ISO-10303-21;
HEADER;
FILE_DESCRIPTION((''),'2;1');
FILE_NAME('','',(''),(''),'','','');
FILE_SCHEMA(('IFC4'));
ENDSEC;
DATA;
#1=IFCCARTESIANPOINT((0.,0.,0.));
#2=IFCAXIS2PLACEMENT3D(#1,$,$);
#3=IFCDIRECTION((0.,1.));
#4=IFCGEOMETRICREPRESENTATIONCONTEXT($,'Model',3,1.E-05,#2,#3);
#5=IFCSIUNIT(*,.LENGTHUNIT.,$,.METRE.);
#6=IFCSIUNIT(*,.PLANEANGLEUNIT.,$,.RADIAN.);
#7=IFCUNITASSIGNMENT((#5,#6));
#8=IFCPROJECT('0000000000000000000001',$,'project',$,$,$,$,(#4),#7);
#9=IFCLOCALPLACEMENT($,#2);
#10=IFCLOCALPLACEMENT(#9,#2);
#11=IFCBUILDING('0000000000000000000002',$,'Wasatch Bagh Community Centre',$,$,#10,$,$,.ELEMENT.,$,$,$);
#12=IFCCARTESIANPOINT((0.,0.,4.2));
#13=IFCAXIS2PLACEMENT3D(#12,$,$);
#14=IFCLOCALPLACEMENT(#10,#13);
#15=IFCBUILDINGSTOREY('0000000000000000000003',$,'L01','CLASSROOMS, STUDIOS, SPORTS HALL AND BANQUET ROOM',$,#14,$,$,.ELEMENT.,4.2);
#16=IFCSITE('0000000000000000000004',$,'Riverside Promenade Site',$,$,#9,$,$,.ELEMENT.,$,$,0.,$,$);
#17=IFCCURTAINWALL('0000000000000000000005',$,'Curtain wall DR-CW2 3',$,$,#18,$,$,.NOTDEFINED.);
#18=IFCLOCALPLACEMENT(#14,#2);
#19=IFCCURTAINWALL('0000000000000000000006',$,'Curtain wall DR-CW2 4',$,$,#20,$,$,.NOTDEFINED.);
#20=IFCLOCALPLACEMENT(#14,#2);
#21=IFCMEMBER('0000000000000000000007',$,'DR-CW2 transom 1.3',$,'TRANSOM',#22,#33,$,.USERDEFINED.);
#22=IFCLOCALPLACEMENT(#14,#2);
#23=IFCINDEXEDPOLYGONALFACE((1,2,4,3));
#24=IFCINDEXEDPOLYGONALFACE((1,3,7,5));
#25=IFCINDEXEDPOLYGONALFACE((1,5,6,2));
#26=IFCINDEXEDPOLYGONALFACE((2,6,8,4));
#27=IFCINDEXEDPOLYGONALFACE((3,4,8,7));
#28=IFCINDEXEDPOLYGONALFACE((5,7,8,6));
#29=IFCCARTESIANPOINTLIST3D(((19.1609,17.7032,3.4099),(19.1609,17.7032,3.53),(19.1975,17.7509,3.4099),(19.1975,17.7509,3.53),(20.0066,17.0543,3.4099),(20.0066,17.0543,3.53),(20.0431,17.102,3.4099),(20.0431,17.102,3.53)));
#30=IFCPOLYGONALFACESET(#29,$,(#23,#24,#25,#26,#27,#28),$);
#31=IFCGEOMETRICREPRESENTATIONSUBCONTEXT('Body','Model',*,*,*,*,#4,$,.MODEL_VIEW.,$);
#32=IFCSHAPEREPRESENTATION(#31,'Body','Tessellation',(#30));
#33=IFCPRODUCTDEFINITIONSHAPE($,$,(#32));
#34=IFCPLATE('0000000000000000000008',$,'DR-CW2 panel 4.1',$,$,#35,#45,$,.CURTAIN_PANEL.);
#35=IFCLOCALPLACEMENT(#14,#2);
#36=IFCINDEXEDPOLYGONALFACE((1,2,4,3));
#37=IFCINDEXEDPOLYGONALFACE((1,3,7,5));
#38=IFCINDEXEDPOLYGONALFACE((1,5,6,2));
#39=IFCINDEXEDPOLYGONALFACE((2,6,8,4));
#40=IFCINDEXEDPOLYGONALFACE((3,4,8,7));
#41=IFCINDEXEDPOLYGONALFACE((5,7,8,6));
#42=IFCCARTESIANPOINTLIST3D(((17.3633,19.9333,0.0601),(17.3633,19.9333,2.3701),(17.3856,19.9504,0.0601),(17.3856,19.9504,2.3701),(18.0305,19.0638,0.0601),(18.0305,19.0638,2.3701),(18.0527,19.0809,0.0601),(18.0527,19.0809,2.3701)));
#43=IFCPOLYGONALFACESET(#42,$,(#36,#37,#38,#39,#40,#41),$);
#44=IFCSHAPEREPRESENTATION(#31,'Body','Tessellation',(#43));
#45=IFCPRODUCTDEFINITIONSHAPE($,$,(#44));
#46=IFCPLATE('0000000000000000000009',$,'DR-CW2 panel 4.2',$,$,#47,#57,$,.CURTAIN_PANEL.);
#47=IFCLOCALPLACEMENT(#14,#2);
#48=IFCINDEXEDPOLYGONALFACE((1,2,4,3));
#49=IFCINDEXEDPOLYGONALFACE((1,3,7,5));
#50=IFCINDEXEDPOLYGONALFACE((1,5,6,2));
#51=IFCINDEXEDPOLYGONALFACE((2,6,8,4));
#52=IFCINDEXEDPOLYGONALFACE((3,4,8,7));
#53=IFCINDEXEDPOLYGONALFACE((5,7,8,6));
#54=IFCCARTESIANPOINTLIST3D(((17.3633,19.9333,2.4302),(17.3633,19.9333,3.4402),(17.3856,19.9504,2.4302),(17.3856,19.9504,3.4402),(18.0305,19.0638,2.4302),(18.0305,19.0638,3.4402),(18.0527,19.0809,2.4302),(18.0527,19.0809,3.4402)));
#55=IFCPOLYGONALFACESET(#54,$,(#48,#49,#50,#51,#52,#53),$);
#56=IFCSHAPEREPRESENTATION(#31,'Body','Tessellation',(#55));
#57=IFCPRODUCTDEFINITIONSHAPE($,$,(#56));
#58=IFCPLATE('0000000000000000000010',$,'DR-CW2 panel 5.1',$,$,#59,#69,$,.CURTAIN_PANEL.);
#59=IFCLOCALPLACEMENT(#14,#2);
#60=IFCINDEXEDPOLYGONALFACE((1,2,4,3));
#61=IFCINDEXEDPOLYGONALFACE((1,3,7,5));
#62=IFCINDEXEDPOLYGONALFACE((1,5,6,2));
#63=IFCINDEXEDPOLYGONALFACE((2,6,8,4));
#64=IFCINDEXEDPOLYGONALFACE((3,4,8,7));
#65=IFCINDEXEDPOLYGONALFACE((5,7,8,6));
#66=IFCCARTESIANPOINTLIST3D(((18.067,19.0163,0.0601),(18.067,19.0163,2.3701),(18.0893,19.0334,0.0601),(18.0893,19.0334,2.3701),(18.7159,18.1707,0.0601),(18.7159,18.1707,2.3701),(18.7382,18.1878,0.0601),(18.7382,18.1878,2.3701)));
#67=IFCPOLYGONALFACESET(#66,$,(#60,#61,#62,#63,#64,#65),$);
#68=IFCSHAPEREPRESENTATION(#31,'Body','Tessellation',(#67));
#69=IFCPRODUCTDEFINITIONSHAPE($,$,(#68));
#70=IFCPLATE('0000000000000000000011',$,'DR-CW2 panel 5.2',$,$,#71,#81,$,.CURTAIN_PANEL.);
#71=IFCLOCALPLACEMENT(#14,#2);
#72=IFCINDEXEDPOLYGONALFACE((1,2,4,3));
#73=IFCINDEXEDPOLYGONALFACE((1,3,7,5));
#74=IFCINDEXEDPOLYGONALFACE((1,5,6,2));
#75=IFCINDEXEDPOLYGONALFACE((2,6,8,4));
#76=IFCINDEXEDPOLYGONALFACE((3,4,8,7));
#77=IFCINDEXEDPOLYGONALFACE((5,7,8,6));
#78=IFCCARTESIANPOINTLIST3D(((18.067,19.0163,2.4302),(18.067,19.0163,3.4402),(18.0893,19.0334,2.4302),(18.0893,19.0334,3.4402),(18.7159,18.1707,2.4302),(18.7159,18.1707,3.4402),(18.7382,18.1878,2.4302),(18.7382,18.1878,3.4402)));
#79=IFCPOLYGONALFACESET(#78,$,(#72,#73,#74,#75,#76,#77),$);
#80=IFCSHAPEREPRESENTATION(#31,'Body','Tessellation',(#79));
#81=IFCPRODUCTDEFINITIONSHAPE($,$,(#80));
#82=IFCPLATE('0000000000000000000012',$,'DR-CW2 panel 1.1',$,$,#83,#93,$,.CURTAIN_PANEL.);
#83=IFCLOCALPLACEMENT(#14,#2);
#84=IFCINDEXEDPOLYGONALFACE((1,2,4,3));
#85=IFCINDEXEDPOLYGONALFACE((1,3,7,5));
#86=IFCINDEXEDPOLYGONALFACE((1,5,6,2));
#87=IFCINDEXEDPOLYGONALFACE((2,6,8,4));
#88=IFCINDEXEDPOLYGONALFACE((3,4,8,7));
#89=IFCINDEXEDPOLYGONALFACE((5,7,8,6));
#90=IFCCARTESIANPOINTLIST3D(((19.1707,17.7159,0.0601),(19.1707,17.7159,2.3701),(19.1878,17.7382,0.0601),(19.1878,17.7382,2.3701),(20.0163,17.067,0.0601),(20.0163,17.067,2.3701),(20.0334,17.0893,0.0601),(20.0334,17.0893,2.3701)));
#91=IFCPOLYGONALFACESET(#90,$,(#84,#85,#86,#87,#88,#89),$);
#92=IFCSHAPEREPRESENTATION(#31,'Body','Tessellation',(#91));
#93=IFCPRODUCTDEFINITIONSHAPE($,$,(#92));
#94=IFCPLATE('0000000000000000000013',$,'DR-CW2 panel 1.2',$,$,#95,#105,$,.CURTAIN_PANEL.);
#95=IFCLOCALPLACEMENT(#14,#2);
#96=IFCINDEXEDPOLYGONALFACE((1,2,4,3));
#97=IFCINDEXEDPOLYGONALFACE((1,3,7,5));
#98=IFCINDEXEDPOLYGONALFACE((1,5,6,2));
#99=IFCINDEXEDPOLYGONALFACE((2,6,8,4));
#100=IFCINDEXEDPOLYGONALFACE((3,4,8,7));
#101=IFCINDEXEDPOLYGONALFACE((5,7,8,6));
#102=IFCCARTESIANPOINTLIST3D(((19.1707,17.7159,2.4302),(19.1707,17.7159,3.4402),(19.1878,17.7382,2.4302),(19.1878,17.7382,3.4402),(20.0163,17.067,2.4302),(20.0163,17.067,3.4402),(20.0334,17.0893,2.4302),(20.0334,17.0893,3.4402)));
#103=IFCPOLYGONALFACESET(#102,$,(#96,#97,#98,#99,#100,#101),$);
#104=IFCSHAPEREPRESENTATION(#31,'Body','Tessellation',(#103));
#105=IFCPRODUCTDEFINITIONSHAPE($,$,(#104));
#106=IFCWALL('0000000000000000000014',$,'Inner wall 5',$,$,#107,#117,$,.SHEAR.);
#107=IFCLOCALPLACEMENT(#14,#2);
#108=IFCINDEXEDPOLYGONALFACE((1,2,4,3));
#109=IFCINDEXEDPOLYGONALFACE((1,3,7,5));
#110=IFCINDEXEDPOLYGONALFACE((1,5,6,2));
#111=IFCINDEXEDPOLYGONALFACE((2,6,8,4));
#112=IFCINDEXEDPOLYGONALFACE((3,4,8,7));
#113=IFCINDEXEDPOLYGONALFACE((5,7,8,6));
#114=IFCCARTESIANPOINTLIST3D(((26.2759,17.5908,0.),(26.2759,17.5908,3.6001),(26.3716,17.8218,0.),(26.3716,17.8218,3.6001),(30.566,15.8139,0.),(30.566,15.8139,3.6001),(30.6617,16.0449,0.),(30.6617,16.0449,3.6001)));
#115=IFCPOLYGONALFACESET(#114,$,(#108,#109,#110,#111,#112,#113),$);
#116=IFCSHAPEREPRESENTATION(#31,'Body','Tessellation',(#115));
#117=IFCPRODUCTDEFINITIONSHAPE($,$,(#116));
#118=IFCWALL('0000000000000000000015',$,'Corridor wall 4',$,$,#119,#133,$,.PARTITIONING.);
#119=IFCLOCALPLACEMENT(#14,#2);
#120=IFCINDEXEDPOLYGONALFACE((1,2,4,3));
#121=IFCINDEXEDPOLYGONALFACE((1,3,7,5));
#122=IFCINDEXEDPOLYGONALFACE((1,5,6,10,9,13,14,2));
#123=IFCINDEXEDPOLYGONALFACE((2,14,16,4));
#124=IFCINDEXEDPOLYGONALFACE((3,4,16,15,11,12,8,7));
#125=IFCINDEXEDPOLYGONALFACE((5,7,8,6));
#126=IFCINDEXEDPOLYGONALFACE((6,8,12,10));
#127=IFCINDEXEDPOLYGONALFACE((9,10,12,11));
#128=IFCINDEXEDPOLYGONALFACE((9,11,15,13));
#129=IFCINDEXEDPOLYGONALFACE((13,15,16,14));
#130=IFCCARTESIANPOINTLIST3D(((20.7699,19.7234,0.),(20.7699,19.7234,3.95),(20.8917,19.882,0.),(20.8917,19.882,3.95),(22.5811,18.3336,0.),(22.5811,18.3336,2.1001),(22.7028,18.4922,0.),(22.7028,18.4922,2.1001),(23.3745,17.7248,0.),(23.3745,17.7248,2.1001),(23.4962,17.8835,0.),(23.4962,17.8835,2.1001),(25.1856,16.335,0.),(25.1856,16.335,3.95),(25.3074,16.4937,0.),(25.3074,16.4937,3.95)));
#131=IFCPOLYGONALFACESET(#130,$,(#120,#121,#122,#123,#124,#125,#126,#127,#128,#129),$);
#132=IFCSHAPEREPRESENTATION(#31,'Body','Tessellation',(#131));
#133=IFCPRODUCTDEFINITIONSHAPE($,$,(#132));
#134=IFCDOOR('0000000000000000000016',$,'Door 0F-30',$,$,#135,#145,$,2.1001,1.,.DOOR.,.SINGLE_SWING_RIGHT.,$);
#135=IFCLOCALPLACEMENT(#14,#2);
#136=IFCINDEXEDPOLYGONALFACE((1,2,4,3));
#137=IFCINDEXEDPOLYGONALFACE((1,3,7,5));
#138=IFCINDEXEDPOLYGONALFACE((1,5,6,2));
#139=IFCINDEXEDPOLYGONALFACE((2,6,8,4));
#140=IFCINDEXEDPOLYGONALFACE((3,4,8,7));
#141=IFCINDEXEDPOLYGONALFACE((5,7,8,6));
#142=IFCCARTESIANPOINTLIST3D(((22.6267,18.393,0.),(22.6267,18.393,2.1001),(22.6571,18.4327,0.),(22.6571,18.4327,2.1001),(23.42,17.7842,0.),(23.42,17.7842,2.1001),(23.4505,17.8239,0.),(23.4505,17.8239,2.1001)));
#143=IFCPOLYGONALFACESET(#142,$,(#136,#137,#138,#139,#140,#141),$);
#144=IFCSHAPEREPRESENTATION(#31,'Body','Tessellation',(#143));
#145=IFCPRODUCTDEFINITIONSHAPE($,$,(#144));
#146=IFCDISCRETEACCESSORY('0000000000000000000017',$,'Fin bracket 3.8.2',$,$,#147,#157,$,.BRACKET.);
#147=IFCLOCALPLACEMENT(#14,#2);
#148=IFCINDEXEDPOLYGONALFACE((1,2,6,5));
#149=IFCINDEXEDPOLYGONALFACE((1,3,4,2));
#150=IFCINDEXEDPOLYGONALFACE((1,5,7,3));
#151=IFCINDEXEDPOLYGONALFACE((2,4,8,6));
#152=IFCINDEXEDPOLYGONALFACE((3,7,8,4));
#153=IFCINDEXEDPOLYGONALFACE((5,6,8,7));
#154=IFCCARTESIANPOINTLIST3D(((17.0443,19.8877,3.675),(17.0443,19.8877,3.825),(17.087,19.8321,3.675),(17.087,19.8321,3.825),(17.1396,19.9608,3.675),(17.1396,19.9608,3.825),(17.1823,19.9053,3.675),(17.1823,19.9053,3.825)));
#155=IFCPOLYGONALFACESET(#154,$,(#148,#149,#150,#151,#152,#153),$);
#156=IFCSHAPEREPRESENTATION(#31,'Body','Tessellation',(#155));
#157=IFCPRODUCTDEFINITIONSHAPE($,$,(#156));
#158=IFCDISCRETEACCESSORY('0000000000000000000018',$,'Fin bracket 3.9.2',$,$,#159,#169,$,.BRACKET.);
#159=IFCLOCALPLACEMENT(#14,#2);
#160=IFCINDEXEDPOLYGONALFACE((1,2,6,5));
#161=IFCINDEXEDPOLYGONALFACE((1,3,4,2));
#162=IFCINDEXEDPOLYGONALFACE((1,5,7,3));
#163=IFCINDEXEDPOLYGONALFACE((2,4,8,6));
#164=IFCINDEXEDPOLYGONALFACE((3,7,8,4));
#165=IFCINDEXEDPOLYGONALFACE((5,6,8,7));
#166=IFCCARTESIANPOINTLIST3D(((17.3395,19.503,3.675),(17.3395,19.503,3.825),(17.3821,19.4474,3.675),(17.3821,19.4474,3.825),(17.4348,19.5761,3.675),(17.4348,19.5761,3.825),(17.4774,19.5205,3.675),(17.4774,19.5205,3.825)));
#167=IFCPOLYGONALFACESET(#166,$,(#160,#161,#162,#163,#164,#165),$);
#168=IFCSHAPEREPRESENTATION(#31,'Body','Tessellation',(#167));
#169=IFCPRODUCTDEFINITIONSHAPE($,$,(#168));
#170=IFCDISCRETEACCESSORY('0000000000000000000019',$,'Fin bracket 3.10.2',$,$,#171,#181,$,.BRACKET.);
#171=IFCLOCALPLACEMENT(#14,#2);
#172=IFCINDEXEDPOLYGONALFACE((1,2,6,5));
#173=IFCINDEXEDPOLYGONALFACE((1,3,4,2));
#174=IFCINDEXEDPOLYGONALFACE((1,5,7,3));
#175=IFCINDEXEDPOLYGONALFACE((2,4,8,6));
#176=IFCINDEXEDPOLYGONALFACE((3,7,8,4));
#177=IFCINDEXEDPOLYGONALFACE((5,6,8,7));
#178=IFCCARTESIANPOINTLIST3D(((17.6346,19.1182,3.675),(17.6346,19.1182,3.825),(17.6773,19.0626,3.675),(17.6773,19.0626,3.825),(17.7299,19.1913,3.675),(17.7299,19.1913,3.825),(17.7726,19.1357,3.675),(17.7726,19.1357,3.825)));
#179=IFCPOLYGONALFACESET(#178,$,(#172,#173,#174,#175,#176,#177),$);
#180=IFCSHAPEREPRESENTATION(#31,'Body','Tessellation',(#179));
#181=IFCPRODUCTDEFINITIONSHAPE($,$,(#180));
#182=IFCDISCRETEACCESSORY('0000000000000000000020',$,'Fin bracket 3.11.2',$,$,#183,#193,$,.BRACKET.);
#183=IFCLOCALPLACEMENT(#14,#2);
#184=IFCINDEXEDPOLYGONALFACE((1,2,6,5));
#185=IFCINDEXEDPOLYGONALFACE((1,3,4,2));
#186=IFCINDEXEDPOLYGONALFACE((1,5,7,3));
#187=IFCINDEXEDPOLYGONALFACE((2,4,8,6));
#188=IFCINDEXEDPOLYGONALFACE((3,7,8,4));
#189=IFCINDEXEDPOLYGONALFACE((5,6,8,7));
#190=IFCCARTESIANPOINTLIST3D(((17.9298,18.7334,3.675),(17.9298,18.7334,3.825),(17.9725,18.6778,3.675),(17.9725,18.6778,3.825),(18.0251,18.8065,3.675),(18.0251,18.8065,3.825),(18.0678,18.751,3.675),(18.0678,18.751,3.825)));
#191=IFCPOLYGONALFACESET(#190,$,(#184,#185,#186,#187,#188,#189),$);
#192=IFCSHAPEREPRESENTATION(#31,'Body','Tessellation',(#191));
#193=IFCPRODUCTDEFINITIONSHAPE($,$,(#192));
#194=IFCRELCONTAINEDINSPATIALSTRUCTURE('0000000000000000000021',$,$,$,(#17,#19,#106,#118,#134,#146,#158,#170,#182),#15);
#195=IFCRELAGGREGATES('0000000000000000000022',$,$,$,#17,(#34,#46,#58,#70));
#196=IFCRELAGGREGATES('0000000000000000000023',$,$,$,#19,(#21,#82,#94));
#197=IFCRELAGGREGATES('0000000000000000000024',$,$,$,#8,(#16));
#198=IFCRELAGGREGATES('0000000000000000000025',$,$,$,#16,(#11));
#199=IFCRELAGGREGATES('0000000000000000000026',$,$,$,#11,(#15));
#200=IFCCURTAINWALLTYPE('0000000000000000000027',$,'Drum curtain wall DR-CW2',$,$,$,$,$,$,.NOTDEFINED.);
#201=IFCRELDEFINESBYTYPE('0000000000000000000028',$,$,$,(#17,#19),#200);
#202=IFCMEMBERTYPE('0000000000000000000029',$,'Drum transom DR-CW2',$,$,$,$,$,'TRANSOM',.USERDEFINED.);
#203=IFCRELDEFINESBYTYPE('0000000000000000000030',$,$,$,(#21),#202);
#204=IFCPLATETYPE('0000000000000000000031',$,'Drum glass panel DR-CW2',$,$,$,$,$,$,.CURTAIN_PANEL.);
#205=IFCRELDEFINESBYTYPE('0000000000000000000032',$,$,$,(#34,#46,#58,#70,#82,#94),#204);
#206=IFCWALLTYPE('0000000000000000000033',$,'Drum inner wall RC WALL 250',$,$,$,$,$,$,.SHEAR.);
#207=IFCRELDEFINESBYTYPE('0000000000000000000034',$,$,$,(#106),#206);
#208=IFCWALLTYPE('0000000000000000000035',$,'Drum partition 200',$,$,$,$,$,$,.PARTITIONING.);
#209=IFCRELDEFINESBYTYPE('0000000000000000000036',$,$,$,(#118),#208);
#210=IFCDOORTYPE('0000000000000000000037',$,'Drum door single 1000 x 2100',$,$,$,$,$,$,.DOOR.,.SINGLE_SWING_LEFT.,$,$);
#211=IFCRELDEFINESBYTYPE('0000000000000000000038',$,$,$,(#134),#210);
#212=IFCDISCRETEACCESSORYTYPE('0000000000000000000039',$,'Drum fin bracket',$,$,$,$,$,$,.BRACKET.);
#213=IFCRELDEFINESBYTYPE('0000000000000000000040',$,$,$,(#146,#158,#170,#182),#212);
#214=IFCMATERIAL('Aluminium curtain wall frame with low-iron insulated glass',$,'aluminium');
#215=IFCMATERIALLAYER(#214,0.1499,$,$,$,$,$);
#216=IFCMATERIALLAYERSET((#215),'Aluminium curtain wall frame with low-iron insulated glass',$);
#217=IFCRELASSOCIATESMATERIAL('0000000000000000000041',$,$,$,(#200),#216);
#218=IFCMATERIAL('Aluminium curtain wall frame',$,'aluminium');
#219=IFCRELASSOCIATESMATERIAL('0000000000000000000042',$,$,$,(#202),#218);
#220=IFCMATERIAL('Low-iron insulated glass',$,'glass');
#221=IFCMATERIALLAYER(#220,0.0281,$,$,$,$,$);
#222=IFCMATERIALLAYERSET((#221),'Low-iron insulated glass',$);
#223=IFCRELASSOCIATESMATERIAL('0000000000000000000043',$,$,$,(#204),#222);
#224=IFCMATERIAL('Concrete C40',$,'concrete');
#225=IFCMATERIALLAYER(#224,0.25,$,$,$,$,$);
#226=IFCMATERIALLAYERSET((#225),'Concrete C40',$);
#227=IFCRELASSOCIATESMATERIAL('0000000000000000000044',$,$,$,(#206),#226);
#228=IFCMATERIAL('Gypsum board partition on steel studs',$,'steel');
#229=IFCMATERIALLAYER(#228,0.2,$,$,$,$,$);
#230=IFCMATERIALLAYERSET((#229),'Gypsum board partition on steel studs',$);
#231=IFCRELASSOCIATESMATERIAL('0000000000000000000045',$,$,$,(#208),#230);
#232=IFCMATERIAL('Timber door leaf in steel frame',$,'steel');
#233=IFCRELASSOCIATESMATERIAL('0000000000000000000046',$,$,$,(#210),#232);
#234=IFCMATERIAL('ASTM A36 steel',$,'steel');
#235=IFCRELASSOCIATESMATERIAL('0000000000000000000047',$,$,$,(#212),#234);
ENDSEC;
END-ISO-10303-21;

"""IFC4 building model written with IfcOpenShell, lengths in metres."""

from ifc_helpers import new_model, si_unit, direction, frame, frame_2d, origin, origin_2d, place, context, subcontext, project, spatial, rectangle, extrude, material, layer, layer_set, material_profile, profile_set, type_object, element, fill, aggregate, save


model = new_model("IFC4")

# Units and contexts
model_context = context("Model", 3, precision=1e-05, world=origin(), true_north=direction((0.0, 1.0)))
body_context = subcontext(model_context, "Body", "Model", "MODEL_VIEW")
ifc_project = project(units=[si_unit("LENGTHUNIT", "METRE"), si_unit("PLANEANGLEUNIT", "RADIAN")], contexts=[model_context])

# Site, building, storey
site_placement = place(None, origin())
site = spatial("IfcSite", under=ifc_project, at=site_placement, Name="Riverside Promenade Site", CompositionType="ELEMENT", RefElevation=0.0)
building_placement = place(site_placement, origin())
building = spatial("IfcBuilding", under=site, at=building_placement, Name="Wasatch Bagh Community Centre", CompositionType="ELEMENT")
storey_placement = place(building_placement, frame((0.0, 0.0, 4.2)))
storey = spatial("IfcBuildingStorey", under=building, at=storey_placement, Name="L01", Description="CLASSROOMS, STUDIOS, SPORTS HALL AND BANQUET ROOM", CompositionType="ELEMENT", Elevation=4.2)

# Shared definitions
ifc_material_1 = material(Name="Concrete C40", Category="concrete")

# Curtain walls
ifc_material_2 = material(Name="Aluminium curtain wall frame with low-iron insulated glass", Category="aluminium")
ifc_layer_1 = layer(ifc_material_2, 0.1499)
ifc_layer_set_1 = layer_set([ifc_layer_1], Name="Aluminium curtain wall frame with low-iron insulated glass")
curtain_wall_type = type_object("IfcCurtainWallType", Name="Drum curtain wall DR-CW2", PredefinedType="NOTDEFINED", material=ifc_layer_set_1)
curtain_wall_1_placement = place(storey_placement, origin())
curtain_wall_1 = element("IfcCurtainWall", 1, at=curtain_wall_1_placement, inside=storey, type_object=curtain_wall_type, Name="Curtain wall DR-CW2 3", PredefinedType="NOTDEFINED")
ifc_material_3 = material(Name="Aluminium curtain wall frame", Category="aluminium")
curtain_wall_2_placement = place(storey_placement, origin())
curtain_wall_2 = element("IfcCurtainWall", 2, at=curtain_wall_2_placement, inside=storey, type_object=curtain_wall_type, Name="Curtain wall DR-CW2 4", PredefinedType="NOTDEFINED")

# Member
ifc_material_profile_1 = material_profile(ifc_material_3, rectangle(XDim=0.0601, YDim=0.1201, at=origin_2d()), Name="Drum transom DR-CW2")
ifc_profile_set_1 = profile_set([ifc_material_profile_1], Name="Aluminium curtain wall frame")
member_type_1 = type_object("IfcMemberType", Name="Drum transom DR-CW2", ElementType="TRANSOM", PredefinedType="USERDEFINED", material=ifc_profile_set_1)
member_1_placement = place(storey_placement, frame((19.1792, 17.7271, 3.47), z_axis=(0.793356, -0.608758, 0.0), x_axis=(0.608758, 0.793356, 0.0)))
member_1 = element("IfcMember", 3, at=member_1_placement, type_object=member_type_1, Name="DR-CW2 transom 1.3", ObjectType="TRANSOM", PredefinedType="USERDEFINED", context=body_context, shape_type="SweptSolid", body=[
    extrude(rectangle(XDim=0.0601, YDim=0.1201, at=origin_2d()), origin(), (0.0, 0.0, 1.0), 1.0659),
])

# Plates
ifc_material_4 = material(Name="Low-iron insulated glass", Category="glass")
ifc_layer_2 = layer(ifc_material_4, 0.0281)
ifc_layer_set_2 = layer_set([ifc_layer_2], Name="Low-iron insulated glass")
plate_type = type_object("IfcPlateType", Name="Drum glass panel DR-CW2", PredefinedType="CURTAIN_PANEL", material=ifc_layer_set_2)
plate_1_placement = place(storey_placement, frame((17.708, 19.5071, 0.0601), z_axis=(0.0, 0.0, 1.0), x_axis=(0.608761, -0.793353, 0.0)))
plate_1 = element("IfcPlate", 4, at=plate_1_placement, type_object=plate_type, Name="DR-CW2 panel 4.1", PredefinedType="CURTAIN_PANEL", context=body_context, shape_type="SweptSolid", body=[
    extrude(rectangle(XDim=1.0959, YDim=0.0281, at=origin_2d()), origin(), (0.0, 0.0, 1.0), 2.3101),
])
plate_2_placement = place(storey_placement, frame((17.708, 19.5071, 2.4302), z_axis=(0.0, 0.0, 1.0), x_axis=(0.608761, -0.793353, 0.0)))
plate_2 = element("IfcPlate", 5, at=plate_2_placement, type_object=plate_type, Name="DR-CW2 panel 4.2", PredefinedType="CURTAIN_PANEL", context=body_context, shape_type="SweptSolid", body=[
    extrude(rectangle(XDim=1.0959, YDim=0.0281, at=origin_2d()), origin(), (0.0, 0.0, 1.0), 1.01),
])
plate_3_placement = place(storey_placement, frame((18.4026, 18.6021, 0.0601), z_axis=(0.0, 0.0, 1.0), x_axis=(0.608761, -0.793353, 0.0)))
plate_3 = element("IfcPlate", 6, at=plate_3_placement, type_object=plate_type, Name="DR-CW2 panel 5.1", PredefinedType="CURTAIN_PANEL", context=body_context, shape_type="SweptSolid", body=[
    extrude(rectangle(XDim=1.0659, YDim=0.0281, at=origin_2d()), origin(), (0.0, 0.0, 1.0), 2.3101),
])
plate_4_placement = place(storey_placement, frame((18.4026, 18.6021, 2.4302), z_axis=(0.0, 0.0, 1.0), x_axis=(0.608761, -0.793353, 0.0)))
plate_4 = element("IfcPlate", 7, at=plate_4_placement, type_object=plate_type, Name="DR-CW2 panel 5.2", PredefinedType="CURTAIN_PANEL", context=body_context, shape_type="SweptSolid", body=[
    extrude(rectangle(XDim=1.0659, YDim=0.0281, at=origin_2d()), origin(), (0.0, 0.0, 1.0), 1.01),
])
aggregate(curtain_wall_1, [plate_1, plate_2, plate_3, plate_4])
plate_5_placement = place(storey_placement, frame((19.6021, 17.4026, 0.0601), z_axis=(0.0, 0.0, 1.0), x_axis=(0.793353, -0.608761, 0.0)))
plate_5 = element("IfcPlate", 8, at=plate_5_placement, type_object=plate_type, Name="DR-CW2 panel 1.1", PredefinedType="CURTAIN_PANEL", context=body_context, shape_type="SweptSolid", body=[
    extrude(rectangle(XDim=1.0659, YDim=0.0281, at=origin_2d()), origin(), (0.0, 0.0, 1.0), 2.3101),
])
plate_6_placement = place(storey_placement, frame((19.6021, 17.4026, 2.4302), z_axis=(0.0, 0.0, 1.0), x_axis=(0.793353, -0.608761, 0.0)))
plate_6 = element("IfcPlate", 9, at=plate_6_placement, type_object=plate_type, Name="DR-CW2 panel 1.2", PredefinedType="CURTAIN_PANEL", context=body_context, shape_type="SweptSolid", body=[
    extrude(rectangle(XDim=1.0659, YDim=0.0281, at=origin_2d()), origin(), (0.0, 0.0, 1.0), 1.01),
])
aggregate(curtain_wall_2, [member_1, plate_5, plate_6])

# Wall
ifc_layer_3 = layer(ifc_material_1, 0.25)
ifc_layer_set_3 = layer_set([ifc_layer_3], Name="Concrete C40")
wall_type_1 = type_object("IfcWallType", Name="Drum inner wall RC WALL 250", PredefinedType="SHEAR", material=ifc_layer_set_3)
wall_1_placement = place(storey_placement, frame((26.3237, 17.7063, 0.0), z_axis=(0.0, 0.0, 1.0), x_axis=(0.92389, -0.382658, 0.0)))
element("IfcWall", 10, at=wall_1_placement, inside=storey, type_object=wall_type_1, Name="Inner wall 5", PredefinedType="SHEAR", context=body_context, shape_type="SweptSolid", body=[
    extrude(rectangle(XDim=4.6436, YDim=0.25, at=frame_2d((2.3218, 0.0))), origin(), (0.0, 0.0, 1.0), 3.6001),
])

# Wall, opening, door
ifc_material_5 = material(Name="Gypsum board partition on steel studs", Category="steel")
ifc_layer_4 = layer(ifc_material_5, 0.2)
ifc_layer_set_4 = layer_set([ifc_layer_4], Name="Gypsum board partition on steel studs")
wall_type_2 = type_object("IfcWallType", Name="Drum partition 200", PredefinedType="PARTITIONING", material=ifc_layer_set_4)
wall_2_placement = place(storey_placement, frame((20.8308, 19.8027, 0.0), z_axis=(0.0, 0.0, 1.0), x_axis=(0.793346, -0.608771, 0.0)))
wall_2 = element("IfcWall", 11, at=wall_2_placement, inside=storey, type_object=wall_type_2, Name="Corridor wall 4", PredefinedType="PARTITIONING", context=body_context, shape_type="SweptSolid", body=[
    extrude(rectangle(XDim=5.5659, YDim=0.2, at=frame_2d((2.783, 0.0))), origin(), (0.0, 0.0, 1.0), 3.95),
])
opening_placement = place(wall_2_placement, frame((2.283, 0.0, 0.0)))
opening = element("IfcOpeningElement", 12, at=opening_placement, cuts=wall_2, PredefinedType="OPENING", context=body_context, shape_type="SweptSolid", body=[
    extrude(rectangle(XDim=1.0, YDim=2.1001, at=frame_2d((0.5, 1.05))), frame((0.0, 0.1099, 0.0), z_axis=(0.0, -1.0, 0.0), x_axis=(1.0, 0.0, 0.0)), (0.0, 0.0, 1.0), 0.22),
])
ifc_material_6 = material(Name="Timber door leaf in steel frame", Category="steel")
door_type = type_object("IfcDoorType", Name="Drum door single 1000 x 2100", OperationType="SINGLE_SWING_LEFT", PredefinedType="DOOR", material=ifc_material_6)
door_placement = place(opening_placement, origin())
door = element("IfcDoor", 13, at=door_placement, inside=storey, type_object=door_type, Name="Door 0F-30", OperationType="SINGLE_SWING_RIGHT", OverallHeight=2.1001, OverallWidth=1.0, PredefinedType="DOOR", context=body_context, shape_type="SweptSolid", body=[
    extrude(rectangle(XDim=1.0, YDim=2.1001, at=frame_2d((0.5, 1.05))), frame((0.0, 0.0249, 0.0), z_axis=(0.0, -1.0, 0.0), x_axis=(1.0, 0.0, 0.0)), (0.0, 0.0, 1.0), 0.05),
])
fill(opening, door)

# Discrete accessories
ifc_material_7 = material(Name="ASTM A36 steel", Category="steel")
discrete_accessory_type = type_object("IfcDiscreteAccessoryType", Name="Drum fin bracket", PredefinedType="BRACKET", material=ifc_material_7)
for number, where, z_axis, x_axis, name in (
    (14, (17.1133, 19.8965, 3.675), (0.0, 0.0, 1.0), (0.608761, -0.793353, 0.0), "Fin bracket 3.8.2"),
    (15, (17.4084, 19.5117, 3.675), (0.0, 0.0, 1.0), (0.608761, -0.793353, 0.0), "Fin bracket 3.9.2"),
    (16, (17.7036, 19.127, 3.675), (0.0, 0.0, 1.0), (0.608761, -0.793353, 0.0), "Fin bracket 3.10.2"),
    (17, (17.9988, 18.7422, 3.675), (0.0, 0.0, 1.0), (0.608761, -0.793353, 0.0), "Fin bracket 3.11.2"),
):
    element("IfcDiscreteAccessory", number, at=place(storey_placement, frame(where, z_axis=z_axis, x_axis=x_axis)), inside=storey, type_object=discrete_accessory_type, Name=name, PredefinedType="BRACKET", context=body_context, shape_type="SweptSolid", body=[
        extrude(rectangle(XDim=0.0701, YDim=0.1201, at=origin_2d()), origin(), (0.0, 0.0, 1.0), 0.1499),
    ])

save(model, "model.ifc")
